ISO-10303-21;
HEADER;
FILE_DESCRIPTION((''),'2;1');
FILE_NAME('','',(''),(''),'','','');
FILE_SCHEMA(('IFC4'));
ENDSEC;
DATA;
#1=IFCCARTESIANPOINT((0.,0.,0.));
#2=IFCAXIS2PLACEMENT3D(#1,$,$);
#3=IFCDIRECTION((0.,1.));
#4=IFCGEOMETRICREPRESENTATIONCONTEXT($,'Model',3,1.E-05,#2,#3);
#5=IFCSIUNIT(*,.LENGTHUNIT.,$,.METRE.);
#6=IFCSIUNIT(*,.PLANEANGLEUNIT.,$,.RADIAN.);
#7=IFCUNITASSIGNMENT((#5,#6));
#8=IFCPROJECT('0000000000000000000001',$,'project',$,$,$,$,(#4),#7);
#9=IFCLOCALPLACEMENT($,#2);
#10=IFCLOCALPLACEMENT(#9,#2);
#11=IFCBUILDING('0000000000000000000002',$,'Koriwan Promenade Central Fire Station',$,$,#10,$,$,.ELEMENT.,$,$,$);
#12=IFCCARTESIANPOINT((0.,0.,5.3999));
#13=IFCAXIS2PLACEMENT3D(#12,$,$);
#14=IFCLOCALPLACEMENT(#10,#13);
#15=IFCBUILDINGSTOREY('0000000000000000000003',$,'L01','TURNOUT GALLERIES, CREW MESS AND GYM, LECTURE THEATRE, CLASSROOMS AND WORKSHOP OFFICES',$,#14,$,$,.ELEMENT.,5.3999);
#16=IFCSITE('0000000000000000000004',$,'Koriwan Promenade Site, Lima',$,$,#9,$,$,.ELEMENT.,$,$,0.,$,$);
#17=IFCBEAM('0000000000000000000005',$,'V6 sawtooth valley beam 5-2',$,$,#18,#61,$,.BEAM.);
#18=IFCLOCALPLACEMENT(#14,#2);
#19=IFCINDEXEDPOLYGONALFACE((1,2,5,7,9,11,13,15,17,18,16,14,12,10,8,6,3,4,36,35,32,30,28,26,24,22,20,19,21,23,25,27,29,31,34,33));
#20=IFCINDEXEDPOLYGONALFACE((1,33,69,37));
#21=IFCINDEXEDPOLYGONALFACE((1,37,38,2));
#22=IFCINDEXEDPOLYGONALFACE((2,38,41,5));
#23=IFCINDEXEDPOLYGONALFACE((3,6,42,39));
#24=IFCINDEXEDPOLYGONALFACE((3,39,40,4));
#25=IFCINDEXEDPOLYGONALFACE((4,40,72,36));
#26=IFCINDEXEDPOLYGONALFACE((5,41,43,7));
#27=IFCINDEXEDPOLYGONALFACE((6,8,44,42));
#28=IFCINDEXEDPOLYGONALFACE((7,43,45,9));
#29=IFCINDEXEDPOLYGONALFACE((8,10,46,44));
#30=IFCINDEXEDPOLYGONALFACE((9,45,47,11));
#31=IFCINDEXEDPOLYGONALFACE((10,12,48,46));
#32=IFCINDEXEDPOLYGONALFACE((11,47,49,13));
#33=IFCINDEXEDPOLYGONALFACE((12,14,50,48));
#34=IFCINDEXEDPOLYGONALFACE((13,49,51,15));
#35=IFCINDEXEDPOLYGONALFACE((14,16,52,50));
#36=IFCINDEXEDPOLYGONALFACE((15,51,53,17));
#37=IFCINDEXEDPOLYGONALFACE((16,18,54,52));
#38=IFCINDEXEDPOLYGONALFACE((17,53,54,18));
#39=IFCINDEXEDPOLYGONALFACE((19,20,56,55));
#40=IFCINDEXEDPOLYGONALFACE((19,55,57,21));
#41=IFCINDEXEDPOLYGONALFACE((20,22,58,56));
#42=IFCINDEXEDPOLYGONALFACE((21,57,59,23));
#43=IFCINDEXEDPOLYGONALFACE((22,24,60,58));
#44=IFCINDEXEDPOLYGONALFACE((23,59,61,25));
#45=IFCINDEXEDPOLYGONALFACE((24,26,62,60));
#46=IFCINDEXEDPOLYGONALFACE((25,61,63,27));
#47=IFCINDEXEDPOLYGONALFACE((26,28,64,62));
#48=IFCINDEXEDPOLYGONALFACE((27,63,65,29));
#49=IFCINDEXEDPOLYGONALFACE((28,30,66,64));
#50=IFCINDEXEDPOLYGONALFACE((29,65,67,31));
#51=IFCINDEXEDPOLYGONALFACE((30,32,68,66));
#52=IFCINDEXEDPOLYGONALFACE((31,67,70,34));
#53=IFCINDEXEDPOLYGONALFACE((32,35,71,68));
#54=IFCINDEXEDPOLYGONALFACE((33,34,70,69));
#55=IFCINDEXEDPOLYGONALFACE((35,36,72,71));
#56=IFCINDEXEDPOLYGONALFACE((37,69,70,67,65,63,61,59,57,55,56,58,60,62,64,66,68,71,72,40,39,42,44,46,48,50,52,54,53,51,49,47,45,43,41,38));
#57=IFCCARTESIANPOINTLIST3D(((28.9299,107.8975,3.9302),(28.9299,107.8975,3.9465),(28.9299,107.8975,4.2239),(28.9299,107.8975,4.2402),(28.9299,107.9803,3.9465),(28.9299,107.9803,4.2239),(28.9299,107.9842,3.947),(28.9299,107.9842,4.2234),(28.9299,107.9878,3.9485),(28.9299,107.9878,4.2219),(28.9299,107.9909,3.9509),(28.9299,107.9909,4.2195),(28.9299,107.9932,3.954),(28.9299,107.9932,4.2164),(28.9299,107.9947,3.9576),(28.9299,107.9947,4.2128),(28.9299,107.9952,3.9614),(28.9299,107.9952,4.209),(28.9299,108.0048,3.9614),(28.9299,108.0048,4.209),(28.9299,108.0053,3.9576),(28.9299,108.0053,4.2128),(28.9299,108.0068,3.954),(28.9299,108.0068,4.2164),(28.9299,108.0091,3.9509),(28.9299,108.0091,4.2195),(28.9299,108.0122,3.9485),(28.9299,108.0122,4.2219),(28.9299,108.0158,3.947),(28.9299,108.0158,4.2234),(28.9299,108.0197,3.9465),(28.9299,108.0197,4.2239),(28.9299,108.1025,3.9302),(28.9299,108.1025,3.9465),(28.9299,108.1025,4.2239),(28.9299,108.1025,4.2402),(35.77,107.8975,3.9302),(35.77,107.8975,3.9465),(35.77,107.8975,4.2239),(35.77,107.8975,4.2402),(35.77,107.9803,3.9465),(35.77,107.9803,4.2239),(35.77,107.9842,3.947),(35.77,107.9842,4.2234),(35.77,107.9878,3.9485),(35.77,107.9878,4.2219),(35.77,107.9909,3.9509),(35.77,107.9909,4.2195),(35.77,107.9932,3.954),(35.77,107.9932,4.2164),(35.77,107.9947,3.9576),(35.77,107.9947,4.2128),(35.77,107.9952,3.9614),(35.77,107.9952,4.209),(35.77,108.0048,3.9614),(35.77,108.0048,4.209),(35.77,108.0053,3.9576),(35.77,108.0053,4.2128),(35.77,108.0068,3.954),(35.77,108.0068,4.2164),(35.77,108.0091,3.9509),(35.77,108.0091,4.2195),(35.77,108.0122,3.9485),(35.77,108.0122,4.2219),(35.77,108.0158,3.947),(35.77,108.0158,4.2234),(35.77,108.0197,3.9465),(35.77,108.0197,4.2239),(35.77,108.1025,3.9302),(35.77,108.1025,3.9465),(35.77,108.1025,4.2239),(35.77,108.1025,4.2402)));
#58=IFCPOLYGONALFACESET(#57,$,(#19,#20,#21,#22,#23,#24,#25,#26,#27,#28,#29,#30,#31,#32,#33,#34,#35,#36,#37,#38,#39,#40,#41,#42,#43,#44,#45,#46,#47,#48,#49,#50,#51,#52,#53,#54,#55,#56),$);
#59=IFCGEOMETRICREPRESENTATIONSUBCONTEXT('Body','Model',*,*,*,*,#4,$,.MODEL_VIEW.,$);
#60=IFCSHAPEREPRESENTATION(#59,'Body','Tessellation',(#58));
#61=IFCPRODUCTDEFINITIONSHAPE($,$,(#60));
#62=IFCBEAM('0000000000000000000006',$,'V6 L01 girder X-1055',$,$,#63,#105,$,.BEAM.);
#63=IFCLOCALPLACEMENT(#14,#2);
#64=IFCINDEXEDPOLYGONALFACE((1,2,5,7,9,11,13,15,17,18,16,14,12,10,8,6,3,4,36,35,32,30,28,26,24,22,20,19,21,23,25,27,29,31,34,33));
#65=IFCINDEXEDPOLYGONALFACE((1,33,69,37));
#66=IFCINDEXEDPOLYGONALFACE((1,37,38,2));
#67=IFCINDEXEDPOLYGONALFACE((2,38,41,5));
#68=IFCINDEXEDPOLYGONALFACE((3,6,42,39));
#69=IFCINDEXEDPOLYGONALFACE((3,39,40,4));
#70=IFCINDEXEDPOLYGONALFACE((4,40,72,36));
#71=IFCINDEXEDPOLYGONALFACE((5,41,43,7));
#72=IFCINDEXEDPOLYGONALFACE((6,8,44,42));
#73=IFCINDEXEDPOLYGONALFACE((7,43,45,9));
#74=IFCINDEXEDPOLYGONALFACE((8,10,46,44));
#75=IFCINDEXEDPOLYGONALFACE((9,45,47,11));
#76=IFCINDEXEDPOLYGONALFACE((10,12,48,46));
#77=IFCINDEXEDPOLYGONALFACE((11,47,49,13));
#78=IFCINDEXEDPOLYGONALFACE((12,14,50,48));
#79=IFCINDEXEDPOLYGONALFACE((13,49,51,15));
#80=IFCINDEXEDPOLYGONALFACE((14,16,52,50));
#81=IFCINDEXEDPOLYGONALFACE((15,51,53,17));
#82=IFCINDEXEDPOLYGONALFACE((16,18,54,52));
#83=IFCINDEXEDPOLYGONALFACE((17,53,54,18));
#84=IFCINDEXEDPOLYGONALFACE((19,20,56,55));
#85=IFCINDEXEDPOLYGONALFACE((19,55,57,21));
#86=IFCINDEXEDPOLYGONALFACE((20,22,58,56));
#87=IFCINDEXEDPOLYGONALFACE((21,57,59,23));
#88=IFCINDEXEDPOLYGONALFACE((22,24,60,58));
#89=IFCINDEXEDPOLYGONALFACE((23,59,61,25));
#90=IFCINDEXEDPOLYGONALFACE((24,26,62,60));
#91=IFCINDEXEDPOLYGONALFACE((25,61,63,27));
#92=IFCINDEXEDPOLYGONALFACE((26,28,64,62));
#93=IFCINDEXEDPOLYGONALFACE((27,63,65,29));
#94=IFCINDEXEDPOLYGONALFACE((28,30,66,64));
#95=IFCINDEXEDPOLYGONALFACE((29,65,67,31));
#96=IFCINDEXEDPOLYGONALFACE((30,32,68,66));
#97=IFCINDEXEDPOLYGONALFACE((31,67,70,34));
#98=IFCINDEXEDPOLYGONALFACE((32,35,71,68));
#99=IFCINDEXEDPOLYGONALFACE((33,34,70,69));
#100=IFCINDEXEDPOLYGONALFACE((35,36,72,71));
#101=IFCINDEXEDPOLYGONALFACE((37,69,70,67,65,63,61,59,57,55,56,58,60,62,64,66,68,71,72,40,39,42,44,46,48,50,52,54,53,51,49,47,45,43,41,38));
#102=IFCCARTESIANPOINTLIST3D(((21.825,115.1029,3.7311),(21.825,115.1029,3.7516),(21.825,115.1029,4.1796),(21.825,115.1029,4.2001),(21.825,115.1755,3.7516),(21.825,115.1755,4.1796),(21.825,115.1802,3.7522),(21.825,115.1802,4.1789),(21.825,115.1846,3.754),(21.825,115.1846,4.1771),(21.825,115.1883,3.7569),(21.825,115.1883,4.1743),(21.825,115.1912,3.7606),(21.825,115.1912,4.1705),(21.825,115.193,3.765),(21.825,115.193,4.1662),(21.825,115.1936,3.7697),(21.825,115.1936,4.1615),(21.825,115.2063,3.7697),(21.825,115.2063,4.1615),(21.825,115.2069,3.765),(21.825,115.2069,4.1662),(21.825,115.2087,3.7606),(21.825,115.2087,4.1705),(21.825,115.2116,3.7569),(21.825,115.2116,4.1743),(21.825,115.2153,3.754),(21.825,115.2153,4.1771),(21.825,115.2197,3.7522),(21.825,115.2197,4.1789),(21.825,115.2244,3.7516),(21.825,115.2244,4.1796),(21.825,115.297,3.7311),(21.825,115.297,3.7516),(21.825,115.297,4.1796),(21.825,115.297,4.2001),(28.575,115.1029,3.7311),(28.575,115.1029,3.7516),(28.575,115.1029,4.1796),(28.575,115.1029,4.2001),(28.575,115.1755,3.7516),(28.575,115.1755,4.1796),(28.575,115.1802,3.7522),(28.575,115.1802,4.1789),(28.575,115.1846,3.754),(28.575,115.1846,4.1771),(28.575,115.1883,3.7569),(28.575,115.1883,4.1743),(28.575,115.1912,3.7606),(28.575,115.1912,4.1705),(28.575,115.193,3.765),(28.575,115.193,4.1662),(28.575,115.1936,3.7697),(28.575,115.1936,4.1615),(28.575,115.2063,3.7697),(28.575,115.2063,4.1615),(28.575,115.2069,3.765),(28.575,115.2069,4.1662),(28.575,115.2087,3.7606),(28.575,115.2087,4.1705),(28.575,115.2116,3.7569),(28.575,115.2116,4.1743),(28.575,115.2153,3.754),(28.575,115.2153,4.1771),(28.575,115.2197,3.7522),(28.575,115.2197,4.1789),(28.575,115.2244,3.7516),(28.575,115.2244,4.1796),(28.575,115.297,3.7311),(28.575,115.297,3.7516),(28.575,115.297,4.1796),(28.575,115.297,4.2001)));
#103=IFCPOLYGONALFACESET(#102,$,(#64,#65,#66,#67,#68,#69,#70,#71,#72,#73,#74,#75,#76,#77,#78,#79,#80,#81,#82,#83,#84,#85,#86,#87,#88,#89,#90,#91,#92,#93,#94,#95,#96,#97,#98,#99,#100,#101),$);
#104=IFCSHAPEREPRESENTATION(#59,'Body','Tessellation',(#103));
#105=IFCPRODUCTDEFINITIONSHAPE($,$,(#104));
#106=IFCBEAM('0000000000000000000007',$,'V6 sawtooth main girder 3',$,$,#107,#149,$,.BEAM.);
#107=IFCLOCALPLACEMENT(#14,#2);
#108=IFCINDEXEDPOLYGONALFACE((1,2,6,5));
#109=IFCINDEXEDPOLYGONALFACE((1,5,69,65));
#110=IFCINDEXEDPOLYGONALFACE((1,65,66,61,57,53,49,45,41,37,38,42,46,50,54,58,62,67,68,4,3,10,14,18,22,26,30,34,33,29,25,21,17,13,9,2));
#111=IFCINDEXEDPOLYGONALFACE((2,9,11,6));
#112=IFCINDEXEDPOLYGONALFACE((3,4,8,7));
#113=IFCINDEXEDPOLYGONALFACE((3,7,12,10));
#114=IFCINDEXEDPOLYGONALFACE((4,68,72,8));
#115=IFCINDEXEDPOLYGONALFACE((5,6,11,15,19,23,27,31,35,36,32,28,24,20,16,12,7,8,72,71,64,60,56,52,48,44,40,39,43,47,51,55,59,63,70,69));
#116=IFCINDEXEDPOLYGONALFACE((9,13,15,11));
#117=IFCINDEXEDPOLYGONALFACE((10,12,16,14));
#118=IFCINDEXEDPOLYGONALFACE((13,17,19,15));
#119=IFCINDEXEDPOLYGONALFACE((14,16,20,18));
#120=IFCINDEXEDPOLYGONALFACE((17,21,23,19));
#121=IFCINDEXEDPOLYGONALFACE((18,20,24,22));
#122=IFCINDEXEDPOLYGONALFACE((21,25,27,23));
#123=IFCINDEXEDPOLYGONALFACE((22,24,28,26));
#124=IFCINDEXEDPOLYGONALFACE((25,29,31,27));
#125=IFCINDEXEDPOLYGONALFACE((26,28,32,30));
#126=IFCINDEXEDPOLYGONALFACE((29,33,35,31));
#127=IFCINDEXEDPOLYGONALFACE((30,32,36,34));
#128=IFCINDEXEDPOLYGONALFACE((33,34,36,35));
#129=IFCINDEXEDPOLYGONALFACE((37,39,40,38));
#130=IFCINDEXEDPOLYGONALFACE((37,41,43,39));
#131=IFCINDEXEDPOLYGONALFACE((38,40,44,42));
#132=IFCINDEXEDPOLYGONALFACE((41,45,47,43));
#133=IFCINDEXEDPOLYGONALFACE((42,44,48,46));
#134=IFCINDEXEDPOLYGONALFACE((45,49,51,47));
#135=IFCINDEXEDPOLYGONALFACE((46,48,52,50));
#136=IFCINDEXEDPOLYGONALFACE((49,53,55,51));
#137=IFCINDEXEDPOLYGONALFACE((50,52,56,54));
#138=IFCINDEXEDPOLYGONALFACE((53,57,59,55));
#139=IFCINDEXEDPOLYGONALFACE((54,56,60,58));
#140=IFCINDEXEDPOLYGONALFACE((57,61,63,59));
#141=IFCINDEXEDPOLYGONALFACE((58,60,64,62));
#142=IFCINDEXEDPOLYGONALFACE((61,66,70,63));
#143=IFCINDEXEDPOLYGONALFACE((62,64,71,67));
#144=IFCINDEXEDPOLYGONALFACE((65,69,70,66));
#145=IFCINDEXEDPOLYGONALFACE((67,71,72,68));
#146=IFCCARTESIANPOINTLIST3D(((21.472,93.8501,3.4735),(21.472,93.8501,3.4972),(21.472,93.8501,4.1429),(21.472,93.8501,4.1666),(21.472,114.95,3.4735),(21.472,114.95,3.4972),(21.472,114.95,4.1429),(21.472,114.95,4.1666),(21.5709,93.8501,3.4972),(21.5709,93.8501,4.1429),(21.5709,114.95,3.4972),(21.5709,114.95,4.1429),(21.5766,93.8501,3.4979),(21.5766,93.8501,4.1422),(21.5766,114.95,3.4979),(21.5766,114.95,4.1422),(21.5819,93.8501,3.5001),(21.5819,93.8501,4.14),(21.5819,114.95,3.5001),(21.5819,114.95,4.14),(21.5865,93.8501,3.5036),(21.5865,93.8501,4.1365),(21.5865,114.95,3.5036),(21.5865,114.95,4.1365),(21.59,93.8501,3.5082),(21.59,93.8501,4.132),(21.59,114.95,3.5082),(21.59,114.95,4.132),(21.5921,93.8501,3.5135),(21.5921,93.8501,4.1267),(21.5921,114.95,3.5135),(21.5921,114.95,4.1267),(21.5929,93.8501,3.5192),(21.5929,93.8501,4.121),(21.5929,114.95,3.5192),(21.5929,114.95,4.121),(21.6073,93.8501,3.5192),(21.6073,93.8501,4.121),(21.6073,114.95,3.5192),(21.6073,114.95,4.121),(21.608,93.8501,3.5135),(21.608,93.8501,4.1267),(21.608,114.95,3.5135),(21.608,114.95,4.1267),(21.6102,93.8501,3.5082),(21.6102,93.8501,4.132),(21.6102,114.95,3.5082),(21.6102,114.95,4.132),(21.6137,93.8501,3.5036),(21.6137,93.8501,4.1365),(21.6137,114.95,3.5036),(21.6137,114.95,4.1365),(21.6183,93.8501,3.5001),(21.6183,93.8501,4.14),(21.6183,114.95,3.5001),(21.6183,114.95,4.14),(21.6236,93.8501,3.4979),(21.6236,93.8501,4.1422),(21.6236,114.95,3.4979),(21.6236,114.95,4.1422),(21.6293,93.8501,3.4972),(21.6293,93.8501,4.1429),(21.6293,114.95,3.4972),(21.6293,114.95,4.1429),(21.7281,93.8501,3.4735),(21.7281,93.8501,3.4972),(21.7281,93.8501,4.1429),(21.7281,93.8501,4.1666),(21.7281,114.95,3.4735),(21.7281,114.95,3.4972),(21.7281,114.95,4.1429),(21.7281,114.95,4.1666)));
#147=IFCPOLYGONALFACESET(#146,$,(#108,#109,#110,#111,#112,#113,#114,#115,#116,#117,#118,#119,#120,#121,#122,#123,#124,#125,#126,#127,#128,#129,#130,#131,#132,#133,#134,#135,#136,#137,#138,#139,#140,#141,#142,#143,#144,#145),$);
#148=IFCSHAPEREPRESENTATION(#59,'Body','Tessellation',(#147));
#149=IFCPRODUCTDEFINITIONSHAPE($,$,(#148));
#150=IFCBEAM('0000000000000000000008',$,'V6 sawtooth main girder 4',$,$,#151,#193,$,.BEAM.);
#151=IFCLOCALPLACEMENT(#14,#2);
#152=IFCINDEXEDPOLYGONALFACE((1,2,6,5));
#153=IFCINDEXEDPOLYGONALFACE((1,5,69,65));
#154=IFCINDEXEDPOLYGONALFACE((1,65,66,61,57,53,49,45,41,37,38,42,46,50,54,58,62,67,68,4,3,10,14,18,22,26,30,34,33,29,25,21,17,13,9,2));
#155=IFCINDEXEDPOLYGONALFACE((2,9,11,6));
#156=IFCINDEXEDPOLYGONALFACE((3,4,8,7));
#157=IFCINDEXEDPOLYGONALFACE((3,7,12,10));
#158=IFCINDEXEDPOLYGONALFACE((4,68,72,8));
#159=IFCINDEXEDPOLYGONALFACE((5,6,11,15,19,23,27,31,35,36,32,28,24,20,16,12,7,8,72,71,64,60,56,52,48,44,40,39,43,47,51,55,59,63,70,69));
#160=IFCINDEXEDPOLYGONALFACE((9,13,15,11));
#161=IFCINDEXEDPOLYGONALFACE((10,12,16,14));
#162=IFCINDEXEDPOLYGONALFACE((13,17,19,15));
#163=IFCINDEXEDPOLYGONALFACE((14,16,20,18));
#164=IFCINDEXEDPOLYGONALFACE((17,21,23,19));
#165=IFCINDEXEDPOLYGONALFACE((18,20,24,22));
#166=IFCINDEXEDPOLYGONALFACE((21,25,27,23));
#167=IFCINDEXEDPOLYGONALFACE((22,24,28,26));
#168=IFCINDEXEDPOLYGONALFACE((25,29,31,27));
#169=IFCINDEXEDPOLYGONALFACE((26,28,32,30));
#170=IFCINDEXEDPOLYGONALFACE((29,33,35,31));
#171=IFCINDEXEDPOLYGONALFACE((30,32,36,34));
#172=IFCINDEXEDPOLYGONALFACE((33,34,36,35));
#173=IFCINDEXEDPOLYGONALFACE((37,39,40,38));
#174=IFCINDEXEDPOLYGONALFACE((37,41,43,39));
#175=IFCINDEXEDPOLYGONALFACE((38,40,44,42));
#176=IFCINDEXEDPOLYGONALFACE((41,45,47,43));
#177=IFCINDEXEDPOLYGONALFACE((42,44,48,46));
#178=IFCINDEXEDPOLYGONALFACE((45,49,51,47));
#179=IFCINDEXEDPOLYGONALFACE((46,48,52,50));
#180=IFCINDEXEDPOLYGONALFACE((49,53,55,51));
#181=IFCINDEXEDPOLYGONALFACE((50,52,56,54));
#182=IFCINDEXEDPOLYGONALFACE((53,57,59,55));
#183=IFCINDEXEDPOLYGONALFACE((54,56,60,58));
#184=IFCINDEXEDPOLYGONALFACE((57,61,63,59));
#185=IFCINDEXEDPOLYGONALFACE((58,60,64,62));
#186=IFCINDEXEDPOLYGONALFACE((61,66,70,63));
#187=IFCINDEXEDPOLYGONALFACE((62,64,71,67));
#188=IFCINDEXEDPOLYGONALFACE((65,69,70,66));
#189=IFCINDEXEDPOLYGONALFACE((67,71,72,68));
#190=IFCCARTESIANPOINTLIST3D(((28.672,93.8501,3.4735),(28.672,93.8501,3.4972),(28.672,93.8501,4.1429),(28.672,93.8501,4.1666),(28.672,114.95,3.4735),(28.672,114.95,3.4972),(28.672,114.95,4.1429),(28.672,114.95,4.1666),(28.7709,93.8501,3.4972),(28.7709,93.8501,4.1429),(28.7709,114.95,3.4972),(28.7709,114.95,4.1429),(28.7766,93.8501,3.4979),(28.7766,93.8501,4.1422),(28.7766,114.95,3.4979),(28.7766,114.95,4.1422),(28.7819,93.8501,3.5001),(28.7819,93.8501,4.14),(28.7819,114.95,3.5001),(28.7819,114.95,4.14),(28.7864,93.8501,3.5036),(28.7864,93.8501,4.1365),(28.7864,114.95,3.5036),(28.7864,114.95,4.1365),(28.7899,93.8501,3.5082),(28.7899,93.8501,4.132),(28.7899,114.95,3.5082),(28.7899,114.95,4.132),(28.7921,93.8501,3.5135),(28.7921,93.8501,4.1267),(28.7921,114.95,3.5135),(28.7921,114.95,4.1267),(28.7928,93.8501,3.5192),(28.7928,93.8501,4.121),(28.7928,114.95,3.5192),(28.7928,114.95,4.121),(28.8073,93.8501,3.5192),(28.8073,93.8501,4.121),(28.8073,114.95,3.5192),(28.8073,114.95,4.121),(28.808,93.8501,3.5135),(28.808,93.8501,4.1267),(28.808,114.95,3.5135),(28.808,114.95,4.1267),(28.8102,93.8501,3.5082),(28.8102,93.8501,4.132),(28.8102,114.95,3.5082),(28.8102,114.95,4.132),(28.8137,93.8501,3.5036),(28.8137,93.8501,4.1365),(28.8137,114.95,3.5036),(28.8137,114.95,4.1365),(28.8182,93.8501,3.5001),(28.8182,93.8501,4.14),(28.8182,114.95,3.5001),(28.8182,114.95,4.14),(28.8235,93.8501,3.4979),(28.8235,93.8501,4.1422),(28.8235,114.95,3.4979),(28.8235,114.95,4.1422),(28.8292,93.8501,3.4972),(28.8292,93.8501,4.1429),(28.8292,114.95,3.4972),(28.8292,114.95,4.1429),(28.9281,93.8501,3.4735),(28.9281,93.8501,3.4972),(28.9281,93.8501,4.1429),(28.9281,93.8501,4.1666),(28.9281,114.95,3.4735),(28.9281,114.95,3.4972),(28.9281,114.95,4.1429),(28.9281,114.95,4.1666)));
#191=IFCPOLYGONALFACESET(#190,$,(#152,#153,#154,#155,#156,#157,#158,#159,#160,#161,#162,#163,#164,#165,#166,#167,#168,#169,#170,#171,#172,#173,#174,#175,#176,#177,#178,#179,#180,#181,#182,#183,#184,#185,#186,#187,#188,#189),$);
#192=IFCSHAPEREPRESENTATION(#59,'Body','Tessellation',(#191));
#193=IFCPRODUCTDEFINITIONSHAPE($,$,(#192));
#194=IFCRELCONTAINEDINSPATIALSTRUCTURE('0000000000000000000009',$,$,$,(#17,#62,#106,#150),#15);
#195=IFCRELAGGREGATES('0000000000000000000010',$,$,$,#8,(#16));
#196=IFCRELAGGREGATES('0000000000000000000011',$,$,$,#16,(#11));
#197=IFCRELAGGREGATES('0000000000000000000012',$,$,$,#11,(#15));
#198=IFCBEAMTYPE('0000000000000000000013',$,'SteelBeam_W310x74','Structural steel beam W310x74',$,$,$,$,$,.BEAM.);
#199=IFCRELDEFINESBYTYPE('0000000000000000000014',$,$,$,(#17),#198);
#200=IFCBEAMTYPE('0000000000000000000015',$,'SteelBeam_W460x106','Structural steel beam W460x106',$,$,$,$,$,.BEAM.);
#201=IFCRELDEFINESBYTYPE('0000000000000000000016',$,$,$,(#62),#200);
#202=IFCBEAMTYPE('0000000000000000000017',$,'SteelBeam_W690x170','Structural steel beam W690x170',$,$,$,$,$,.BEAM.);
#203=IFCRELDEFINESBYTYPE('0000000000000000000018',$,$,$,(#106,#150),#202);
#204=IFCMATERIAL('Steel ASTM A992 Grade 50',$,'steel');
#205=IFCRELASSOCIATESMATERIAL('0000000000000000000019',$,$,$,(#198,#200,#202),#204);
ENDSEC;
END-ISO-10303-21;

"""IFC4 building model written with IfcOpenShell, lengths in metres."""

from ifc_helpers import new_model, si_unit, direction, frame, origin, origin_2d, place, context, subcontext, project, spatial, i_section, extrude, material, material_profile, profile_set, type_object, element, save


model = new_model("IFC4")

# Units and contexts
model_context = context("Model", 3, precision=1e-05, world=origin(), true_north=direction((0.0, 1.0)))
body_context = subcontext(model_context, "Body", "Model", "MODEL_VIEW")
ifc_project = project(units=[si_unit("LENGTHUNIT", "METRE"), si_unit("PLANEANGLEUNIT", "RADIAN")], contexts=[model_context])

# Site, building, storey
site_placement = place(None, origin())
site = spatial("IfcSite", under=ifc_project, at=site_placement, Name="Koriwan Promenade Site, Lima", CompositionType="ELEMENT", RefElevation=0.0)
building_placement = place(site_placement, origin())
building = spatial("IfcBuilding", under=site, at=building_placement, Name="Koriwan Promenade Central Fire Station", CompositionType="ELEMENT")
storey_placement = place(building_placement, frame((0.0, 0.0, 5.3999)))
storey = spatial("IfcBuildingStorey", under=building, at=storey_placement, Name="L01", Description="TURNOUT GALLERIES, CREW MESS AND GYM, LECTURE THEATRE, CLASSROOMS AND WORKSHOP OFFICES", CompositionType="ELEMENT", Elevation=5.3999)

# Beams
ifc_material_1 = material(Name="Steel ASTM A992 Grade 50", Category="steel")
ifc_material_profile_1 = material_profile(ifc_material_1, i_section(OverallWidth=0.2051, OverallDepth=0.3101, WebThickness=0.0095, FlangeThickness=0.0164, FilletRadius=0.0149, at=origin_2d()), Name="W310x74")
ifc_profile_set_1 = profile_set([ifc_material_profile_1], Name="Steel ASTM A992 Grade 50")
beam_type_1 = type_object("IfcBeamType", Name="SteelBeam_W310x74", Description="Structural steel beam W310x74", PredefinedType="BEAM", material=ifc_profile_set_1)
for number, where, z_axis, x_axis, name in (
    (1, (28.9299, 108.0, 4.0852), (1.0, 0.0, 0.0), (0.0, 1.0, 0.0), "V6 sawtooth valley beam 5-2"),
):
    element("IfcBeam", number, at=place(storey_placement, frame(where, z_axis=z_axis, x_axis=x_axis)), inside=storey, type_object=beam_type_1, Name=name, PredefinedType="BEAM", context=body_context, shape_type="SweptSolid", body=[
        extrude(i_section(OverallWidth=0.2051, OverallDepth=0.3101, WebThickness=0.0095, FlangeThickness=0.0164, FilletRadius=0.0149, at=origin_2d()), origin(), (0.0, 0.0, 1.0), 6.8401),
    ])
ifc_material_profile_2 = material_profile(ifc_material_1, i_section(OverallWidth=0.1941, OverallDepth=0.469, WebThickness=0.0127, FlangeThickness=0.0205, FilletRadius=0.0181, at=origin_2d()), Name="W460x106")
ifc_profile_set_2 = profile_set([ifc_material_profile_2], Name="Steel ASTM A992 Grade 50")
beam_type_2 = type_object("IfcBeamType", Name="SteelBeam_W460x106", Description="Structural steel beam W460x106", PredefinedType="BEAM", material=ifc_profile_set_2)
beam_placement = place(storey_placement, frame((21.825, 115.2, 3.9656), z_axis=(1.0, 0.0, 0.0), x_axis=(0.0, 1.0, 0.0)))
element("IfcBeam", 2, at=beam_placement, inside=storey, type_object=beam_type_2, Name="V6 L01 girder X-1055", PredefinedType="BEAM", context=body_context, shape_type="SweptSolid", body=[
    extrude(i_section(OverallWidth=0.1941, OverallDepth=0.469, WebThickness=0.0127, FlangeThickness=0.0205, FilletRadius=0.0181, at=origin_2d()), origin(), (0.0, 0.0, 1.0), 6.75),
])
ifc_material_profile_3 = material_profile(ifc_material_1, i_section(OverallWidth=0.2561, OverallDepth=0.6931, WebThickness=0.0144, FlangeThickness=0.0237, FilletRadius=0.022, at=origin_2d()), Name="W690x170")
ifc_profile_set_3 = profile_set([ifc_material_profile_3], Name="Steel ASTM A992 Grade 50")
beam_type_3 = type_object("IfcBeamType", Name="SteelBeam_W690x170", Description="Structural steel beam W690x170", PredefinedType="BEAM", material=ifc_profile_set_3)
for number, where, z_axis, x_axis, name in (
    (3, (21.6001, 93.8501, 3.8201), (0.0, 1.0, 0.0), (-1.0, 0.0, 0.0), "V6 sawtooth main girder 3"),
    (4, (28.8, 93.8501, 3.8201), (0.0, 1.0, 0.0), (-1.0, 0.0, 0.0), "V6 sawtooth main girder 4"),
):
    element("IfcBeam", number, at=place(storey_placement, frame(where, z_axis=z_axis, x_axis=x_axis)), inside=storey, type_object=beam_type_3, Name=name, PredefinedType="BEAM", context=body_context, shape_type="SweptSolid", body=[
        extrude(i_section(OverallWidth=0.2561, OverallDepth=0.6931, WebThickness=0.0144, FlangeThickness=0.0237, FilletRadius=0.022, at=origin_2d()), origin(), (0.0, 0.0, 1.0), 21.0999),
    ])

save(model, "model.ifc")
